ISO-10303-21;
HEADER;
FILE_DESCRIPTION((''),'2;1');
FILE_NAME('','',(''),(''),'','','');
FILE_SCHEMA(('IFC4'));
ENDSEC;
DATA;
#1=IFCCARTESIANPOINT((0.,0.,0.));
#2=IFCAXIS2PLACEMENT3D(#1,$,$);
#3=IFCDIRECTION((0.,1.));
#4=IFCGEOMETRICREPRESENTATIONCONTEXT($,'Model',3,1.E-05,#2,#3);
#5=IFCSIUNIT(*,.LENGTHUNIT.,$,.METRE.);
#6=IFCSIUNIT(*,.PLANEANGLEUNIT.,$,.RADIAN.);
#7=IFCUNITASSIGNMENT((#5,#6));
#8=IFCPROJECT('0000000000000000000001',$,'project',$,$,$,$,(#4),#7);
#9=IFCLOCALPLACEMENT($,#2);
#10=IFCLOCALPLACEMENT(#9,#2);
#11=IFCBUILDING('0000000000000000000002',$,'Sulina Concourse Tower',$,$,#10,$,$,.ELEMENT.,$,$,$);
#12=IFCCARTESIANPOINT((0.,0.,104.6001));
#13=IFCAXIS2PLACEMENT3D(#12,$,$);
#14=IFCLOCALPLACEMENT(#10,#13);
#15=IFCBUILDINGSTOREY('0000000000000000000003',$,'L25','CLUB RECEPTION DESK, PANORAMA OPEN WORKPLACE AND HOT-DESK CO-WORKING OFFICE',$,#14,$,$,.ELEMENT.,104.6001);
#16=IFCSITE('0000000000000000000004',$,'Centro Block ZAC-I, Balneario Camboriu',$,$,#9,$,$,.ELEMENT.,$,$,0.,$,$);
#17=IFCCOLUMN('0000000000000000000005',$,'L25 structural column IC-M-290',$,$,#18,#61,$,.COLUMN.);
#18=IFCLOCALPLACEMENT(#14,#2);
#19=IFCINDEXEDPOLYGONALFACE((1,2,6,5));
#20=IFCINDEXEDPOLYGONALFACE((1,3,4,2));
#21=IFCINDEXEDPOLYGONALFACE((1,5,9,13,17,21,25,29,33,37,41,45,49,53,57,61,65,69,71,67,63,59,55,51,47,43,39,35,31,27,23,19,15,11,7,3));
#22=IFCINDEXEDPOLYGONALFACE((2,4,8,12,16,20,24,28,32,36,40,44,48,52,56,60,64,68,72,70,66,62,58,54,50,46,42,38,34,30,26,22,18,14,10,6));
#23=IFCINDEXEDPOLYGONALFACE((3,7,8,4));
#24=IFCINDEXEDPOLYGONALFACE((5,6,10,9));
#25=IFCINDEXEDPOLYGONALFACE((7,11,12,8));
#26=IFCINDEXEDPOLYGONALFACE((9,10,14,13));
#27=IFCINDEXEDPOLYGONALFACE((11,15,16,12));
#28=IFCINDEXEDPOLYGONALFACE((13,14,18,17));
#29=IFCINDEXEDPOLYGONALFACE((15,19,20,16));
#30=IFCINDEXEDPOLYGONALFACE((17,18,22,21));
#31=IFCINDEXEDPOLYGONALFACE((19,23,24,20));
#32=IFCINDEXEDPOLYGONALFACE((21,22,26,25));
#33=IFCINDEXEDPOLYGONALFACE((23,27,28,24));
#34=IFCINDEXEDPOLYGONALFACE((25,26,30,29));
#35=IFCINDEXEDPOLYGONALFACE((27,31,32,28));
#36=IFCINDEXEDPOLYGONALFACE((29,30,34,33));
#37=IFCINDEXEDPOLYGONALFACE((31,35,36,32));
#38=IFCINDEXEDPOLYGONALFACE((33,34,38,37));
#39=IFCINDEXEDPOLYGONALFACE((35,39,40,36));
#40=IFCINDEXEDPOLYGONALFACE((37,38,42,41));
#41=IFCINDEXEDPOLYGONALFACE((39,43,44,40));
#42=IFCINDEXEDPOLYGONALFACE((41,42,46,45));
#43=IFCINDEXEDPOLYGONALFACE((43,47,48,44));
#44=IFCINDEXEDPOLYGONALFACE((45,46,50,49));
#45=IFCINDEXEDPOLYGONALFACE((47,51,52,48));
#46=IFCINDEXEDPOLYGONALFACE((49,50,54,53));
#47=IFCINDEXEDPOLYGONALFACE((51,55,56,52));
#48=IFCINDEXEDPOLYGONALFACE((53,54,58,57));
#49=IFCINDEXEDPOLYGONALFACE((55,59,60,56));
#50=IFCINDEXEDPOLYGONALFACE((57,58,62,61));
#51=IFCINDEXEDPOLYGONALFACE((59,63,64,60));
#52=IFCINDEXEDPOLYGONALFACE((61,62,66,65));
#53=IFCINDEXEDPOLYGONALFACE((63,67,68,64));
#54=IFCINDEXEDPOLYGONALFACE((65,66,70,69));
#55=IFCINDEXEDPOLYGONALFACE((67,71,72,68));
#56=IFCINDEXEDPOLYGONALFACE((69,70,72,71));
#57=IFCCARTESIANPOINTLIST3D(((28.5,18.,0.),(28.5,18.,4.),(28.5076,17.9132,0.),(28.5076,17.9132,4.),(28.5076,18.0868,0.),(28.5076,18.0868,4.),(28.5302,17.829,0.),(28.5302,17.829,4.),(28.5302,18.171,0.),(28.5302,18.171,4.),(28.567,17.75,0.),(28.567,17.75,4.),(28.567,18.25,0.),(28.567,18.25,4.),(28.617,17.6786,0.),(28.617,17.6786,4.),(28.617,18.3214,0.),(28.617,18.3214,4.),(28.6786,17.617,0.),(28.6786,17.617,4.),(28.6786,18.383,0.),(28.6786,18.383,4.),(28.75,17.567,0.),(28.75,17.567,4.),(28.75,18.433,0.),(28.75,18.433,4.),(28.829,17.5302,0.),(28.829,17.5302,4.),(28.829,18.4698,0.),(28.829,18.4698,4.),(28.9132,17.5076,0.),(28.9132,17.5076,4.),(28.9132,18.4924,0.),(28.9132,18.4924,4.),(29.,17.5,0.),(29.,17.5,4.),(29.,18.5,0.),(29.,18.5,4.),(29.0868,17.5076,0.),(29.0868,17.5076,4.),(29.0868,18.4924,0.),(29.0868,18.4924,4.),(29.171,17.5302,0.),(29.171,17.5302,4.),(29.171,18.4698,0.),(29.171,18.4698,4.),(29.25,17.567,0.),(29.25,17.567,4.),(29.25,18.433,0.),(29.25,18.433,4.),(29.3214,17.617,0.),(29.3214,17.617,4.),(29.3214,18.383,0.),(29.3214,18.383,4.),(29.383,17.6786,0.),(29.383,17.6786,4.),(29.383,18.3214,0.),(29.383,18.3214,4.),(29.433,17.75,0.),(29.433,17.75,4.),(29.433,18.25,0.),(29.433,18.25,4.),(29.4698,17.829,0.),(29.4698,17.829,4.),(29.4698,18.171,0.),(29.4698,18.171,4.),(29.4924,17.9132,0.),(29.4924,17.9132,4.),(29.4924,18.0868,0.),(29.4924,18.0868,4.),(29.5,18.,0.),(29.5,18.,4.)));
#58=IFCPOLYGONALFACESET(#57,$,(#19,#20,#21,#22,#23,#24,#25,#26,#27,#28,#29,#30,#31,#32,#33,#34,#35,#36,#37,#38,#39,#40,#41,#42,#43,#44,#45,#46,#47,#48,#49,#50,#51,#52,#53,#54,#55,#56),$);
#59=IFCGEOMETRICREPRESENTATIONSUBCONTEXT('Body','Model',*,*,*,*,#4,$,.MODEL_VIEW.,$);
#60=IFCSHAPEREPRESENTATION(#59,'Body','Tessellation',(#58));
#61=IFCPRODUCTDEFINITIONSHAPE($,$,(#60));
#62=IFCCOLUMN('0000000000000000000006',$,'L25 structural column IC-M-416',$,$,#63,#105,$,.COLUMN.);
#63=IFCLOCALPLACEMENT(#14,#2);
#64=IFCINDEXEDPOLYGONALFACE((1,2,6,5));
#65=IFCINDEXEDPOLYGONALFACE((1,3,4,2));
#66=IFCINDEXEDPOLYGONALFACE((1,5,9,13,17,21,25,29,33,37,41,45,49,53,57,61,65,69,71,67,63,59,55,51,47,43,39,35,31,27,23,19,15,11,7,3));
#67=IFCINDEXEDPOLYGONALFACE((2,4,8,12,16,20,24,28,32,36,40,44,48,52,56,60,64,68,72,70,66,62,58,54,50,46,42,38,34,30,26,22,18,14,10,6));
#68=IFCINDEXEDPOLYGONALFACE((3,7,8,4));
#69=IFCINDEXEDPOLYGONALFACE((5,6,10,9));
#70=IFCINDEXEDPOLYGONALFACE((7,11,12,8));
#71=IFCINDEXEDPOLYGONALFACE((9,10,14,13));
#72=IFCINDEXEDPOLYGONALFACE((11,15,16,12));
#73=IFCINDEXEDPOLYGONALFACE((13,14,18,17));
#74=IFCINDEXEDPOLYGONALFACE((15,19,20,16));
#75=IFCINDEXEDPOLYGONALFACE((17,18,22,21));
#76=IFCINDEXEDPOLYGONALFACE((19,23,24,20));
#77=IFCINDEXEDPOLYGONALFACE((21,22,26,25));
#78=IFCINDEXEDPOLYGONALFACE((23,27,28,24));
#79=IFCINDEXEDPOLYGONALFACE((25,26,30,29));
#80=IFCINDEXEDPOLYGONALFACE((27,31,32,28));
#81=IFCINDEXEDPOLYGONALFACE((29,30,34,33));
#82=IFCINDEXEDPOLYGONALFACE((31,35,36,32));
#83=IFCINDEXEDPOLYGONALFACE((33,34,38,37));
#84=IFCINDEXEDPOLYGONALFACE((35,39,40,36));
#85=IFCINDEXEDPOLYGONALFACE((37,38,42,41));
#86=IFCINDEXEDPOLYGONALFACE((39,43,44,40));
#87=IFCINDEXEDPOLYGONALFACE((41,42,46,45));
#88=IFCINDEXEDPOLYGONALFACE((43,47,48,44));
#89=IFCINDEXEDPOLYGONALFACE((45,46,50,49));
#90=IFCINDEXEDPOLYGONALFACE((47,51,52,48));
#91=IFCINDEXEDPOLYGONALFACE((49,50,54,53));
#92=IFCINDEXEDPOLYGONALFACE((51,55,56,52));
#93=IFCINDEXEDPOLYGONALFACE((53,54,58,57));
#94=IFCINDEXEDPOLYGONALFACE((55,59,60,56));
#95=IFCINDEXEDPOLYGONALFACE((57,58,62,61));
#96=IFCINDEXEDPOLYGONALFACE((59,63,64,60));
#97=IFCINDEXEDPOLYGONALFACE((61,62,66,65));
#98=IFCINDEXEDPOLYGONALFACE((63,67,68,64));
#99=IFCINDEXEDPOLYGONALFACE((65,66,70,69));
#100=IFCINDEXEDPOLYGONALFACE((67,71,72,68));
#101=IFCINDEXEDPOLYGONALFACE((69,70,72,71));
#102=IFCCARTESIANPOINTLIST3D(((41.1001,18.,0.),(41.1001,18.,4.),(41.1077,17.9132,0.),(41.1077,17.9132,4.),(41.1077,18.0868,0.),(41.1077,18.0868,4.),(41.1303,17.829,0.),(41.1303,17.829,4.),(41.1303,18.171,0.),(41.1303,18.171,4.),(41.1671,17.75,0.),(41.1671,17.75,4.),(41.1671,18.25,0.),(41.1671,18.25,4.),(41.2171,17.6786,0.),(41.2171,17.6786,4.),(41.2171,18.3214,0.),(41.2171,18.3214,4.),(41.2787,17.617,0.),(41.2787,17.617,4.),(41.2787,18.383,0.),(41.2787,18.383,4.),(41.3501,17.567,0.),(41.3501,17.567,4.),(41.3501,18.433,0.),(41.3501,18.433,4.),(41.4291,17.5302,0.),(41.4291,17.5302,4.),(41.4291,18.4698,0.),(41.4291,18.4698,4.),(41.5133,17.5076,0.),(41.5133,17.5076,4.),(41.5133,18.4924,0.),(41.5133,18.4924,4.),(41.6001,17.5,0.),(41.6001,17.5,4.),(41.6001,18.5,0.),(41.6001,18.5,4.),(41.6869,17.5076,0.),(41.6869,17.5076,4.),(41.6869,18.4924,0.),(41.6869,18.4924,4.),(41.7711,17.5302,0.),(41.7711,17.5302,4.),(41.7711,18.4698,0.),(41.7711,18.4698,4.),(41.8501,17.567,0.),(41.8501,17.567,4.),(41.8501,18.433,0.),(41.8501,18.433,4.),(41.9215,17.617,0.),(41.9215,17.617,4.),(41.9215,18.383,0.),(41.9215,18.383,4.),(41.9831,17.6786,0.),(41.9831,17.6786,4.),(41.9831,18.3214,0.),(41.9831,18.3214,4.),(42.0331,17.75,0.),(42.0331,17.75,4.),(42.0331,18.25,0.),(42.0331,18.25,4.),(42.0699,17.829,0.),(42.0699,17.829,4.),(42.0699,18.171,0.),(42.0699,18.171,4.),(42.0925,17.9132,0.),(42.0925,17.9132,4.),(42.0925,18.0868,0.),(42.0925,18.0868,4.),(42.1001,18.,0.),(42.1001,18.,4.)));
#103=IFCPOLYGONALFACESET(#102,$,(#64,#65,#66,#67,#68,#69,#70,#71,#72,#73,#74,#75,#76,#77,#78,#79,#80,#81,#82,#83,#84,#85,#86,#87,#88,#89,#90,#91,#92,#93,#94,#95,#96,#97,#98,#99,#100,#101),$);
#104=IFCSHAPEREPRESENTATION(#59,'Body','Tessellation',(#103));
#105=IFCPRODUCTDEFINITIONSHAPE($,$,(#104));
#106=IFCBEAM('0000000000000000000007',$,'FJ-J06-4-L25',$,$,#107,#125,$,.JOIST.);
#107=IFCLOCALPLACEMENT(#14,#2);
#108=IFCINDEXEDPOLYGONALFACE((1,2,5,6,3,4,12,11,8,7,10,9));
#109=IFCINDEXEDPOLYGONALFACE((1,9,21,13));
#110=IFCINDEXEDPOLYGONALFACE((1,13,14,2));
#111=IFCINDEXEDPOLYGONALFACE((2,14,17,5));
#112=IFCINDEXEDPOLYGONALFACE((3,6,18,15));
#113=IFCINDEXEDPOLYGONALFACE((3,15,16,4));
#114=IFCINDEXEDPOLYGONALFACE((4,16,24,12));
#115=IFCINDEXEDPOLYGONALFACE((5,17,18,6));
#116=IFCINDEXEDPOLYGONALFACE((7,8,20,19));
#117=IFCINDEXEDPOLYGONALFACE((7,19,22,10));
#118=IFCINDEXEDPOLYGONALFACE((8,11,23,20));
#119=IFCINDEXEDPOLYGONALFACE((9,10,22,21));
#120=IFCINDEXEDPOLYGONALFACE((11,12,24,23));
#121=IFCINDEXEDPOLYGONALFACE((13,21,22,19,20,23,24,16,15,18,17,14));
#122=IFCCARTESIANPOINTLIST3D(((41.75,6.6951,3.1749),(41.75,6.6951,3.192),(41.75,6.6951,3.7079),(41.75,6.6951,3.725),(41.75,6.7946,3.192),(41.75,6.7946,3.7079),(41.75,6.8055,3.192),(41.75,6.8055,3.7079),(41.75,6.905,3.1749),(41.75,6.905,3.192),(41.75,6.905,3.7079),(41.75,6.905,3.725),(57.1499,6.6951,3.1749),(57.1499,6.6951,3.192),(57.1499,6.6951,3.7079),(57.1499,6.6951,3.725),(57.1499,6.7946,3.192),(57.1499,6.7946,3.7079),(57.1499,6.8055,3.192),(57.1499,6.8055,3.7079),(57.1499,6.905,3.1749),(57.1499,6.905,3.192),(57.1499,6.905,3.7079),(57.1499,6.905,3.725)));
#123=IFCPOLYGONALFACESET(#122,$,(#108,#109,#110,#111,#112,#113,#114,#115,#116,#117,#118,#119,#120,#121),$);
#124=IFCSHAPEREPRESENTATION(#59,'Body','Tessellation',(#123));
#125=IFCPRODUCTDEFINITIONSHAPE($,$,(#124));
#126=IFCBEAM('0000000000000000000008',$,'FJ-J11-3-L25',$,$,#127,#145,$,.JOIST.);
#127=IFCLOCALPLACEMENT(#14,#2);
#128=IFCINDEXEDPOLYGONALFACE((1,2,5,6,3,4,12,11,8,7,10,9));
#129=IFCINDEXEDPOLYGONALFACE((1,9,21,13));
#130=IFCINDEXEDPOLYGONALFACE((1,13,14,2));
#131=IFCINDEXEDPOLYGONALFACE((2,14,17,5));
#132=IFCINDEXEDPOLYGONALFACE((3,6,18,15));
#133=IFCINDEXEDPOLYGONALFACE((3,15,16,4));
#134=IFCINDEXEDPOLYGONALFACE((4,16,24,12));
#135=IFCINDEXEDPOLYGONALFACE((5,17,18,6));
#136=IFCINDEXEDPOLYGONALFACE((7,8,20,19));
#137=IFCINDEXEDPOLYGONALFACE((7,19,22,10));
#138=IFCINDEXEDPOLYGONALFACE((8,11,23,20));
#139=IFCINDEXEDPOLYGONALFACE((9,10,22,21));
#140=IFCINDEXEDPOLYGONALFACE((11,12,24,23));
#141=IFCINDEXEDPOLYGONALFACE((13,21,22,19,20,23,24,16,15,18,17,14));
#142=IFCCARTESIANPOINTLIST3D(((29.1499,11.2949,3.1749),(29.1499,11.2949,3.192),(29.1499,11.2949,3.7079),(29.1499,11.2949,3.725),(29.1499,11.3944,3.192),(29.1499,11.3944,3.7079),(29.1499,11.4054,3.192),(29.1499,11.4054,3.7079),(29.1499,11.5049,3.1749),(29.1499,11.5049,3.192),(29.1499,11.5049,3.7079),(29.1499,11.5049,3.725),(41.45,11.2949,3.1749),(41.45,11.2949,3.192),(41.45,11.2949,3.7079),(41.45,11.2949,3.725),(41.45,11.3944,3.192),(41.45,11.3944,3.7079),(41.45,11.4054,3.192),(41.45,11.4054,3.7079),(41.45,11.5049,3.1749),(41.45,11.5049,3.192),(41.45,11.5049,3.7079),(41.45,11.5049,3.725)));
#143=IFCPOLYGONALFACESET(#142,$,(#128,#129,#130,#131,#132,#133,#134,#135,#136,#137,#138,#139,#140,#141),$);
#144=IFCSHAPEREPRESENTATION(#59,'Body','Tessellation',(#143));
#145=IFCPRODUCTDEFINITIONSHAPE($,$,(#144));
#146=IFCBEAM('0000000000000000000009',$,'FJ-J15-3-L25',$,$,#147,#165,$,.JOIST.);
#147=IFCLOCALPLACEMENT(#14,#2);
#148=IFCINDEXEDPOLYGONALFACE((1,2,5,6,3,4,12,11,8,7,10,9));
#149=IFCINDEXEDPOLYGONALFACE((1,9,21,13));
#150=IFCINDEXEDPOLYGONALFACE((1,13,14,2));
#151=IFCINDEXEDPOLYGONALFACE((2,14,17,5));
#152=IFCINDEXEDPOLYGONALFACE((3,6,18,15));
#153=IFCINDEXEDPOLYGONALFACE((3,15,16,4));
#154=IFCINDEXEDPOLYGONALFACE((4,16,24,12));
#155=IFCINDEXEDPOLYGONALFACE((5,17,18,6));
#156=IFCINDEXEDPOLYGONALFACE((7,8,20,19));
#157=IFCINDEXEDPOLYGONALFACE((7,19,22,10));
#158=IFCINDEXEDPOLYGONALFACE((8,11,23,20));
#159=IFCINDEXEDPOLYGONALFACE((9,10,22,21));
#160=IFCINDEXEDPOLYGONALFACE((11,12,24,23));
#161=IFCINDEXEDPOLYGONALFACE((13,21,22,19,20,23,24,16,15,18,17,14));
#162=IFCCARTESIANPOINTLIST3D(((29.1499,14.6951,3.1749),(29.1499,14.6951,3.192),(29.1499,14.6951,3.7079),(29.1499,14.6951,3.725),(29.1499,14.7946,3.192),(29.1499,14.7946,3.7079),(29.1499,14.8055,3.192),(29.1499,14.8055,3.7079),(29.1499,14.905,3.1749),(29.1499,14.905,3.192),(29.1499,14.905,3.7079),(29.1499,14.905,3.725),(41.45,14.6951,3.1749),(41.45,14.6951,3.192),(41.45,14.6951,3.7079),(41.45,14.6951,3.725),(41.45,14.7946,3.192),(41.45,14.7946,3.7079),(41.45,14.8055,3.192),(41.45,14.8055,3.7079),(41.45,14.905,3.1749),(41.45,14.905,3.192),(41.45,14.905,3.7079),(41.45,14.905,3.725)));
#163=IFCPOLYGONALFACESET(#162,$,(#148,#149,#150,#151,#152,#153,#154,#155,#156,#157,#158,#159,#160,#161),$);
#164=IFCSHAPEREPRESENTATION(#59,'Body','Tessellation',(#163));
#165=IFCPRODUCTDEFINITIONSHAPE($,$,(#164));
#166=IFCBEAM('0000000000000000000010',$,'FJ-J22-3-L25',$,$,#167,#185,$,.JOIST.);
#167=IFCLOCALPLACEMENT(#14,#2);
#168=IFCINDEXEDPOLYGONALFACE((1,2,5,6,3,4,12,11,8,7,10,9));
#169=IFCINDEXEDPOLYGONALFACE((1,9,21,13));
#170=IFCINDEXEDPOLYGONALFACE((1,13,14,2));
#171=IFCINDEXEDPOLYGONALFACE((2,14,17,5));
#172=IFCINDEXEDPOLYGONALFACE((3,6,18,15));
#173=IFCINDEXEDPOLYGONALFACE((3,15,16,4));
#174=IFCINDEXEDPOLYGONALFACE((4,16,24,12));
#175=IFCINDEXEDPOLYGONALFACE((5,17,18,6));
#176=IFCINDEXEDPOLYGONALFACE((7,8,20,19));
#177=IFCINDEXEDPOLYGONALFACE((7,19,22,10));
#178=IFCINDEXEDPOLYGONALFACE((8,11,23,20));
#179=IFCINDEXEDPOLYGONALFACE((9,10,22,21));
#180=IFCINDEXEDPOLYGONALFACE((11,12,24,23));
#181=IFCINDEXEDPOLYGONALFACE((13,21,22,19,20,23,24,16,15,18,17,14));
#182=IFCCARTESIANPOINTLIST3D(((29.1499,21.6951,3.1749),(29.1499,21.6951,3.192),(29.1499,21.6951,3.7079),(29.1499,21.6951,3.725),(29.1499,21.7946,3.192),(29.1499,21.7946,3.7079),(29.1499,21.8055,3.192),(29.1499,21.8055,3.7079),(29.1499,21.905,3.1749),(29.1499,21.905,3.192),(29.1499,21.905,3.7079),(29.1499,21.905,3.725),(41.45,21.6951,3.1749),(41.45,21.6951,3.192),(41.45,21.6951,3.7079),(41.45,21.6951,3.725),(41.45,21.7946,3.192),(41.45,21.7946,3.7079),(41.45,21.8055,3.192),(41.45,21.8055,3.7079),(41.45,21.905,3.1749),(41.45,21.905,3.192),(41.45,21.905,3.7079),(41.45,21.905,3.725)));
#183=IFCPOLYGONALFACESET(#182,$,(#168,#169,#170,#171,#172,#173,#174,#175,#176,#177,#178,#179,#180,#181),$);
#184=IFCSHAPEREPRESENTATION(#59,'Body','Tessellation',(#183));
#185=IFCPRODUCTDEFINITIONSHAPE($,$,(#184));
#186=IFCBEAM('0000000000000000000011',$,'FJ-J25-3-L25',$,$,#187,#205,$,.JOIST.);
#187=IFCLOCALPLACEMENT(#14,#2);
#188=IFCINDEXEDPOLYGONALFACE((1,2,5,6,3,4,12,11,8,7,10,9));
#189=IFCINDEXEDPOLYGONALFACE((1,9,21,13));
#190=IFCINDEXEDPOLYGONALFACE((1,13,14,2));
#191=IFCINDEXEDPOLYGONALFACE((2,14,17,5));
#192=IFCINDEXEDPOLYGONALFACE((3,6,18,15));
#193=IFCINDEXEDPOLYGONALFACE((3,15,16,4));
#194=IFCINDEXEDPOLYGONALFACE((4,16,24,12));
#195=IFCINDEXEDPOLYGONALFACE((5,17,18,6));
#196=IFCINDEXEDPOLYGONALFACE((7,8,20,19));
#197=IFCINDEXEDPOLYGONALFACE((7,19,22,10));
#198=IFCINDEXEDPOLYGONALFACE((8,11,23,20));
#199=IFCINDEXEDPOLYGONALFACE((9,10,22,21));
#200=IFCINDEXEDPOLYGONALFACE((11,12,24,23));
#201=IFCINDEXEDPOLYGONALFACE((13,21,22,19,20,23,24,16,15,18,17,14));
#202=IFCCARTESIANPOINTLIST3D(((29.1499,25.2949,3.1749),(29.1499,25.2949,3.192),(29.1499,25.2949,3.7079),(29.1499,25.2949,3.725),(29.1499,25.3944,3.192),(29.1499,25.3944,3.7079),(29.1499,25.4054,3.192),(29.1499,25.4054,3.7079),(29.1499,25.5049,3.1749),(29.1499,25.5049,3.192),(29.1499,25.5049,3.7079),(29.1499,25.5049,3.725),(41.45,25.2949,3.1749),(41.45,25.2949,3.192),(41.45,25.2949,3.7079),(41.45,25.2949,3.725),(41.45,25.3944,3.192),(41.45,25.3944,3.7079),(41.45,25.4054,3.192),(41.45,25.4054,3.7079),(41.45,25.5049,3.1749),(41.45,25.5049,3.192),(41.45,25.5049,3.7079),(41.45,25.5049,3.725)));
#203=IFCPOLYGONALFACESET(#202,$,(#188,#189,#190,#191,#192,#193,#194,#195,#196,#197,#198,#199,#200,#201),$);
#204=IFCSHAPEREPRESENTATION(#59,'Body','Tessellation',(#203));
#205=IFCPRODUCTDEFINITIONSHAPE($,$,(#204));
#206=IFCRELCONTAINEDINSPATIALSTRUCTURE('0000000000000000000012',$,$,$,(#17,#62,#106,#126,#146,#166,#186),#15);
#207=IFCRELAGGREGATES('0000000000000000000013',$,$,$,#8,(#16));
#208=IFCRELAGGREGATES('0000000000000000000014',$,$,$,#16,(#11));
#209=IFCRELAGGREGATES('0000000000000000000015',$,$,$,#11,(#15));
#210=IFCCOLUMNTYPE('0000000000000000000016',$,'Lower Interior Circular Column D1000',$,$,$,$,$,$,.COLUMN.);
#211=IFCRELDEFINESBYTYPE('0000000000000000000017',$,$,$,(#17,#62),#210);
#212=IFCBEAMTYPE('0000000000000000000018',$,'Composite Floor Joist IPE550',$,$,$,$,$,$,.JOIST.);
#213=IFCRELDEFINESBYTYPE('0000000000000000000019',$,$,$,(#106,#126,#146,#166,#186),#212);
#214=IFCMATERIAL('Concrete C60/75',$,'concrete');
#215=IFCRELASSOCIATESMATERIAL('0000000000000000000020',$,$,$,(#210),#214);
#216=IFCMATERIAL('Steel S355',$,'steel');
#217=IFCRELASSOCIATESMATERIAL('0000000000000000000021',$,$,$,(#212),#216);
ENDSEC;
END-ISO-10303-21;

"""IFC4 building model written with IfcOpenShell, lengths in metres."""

from ifc_helpers import new_model, si_unit, direction, frame, origin, origin_2d, place, context, subcontext, project, spatial, circle, i_section, extrude, material, material_profile, profile_set, type_object, element, save


model = new_model("IFC4")

# Units and contexts
model_context = context("Model", 3, precision=1e-05, world=origin(), true_north=direction((0.0, 1.0)))
body_context = subcontext(model_context, "Body", "Model", "MODEL_VIEW")
ifc_project = project(units=[si_unit("LENGTHUNIT", "METRE"), si_unit("PLANEANGLEUNIT", "RADIAN")], contexts=[model_context])

# Site, building, storey
site_placement = place(None, origin())
site = spatial("IfcSite", under=ifc_project, at=site_placement, Name="Centro Block ZAC-I, Balneario Camboriu", CompositionType="ELEMENT", RefElevation=0.0)
building_placement = place(site_placement, origin())
building = spatial("IfcBuilding", under=site, at=building_placement, Name="Sulina Concourse Tower", CompositionType="ELEMENT")
storey_placement = place(building_placement, frame((0.0, 0.0, 104.6001)))
storey = spatial("IfcBuildingStorey", under=building, at=storey_placement, Name="L25", Description="CLUB RECEPTION DESK, PANORAMA OPEN WORKPLACE AND HOT-DESK CO-WORKING OFFICE", CompositionType="ELEMENT", Elevation=104.6001)

# Columns
ifc_material_1 = material(Name="Concrete C60/75", Category="concrete")
ifc_material_profile_1 = material_profile(ifc_material_1, circle(Radius=0.5, at=origin_2d()), Name="RC D1000")
ifc_profile_set_1 = profile_set([ifc_material_profile_1], Name="Concrete C60/75")
column_type = type_object("IfcColumnType", Name="Lower Interior Circular Column D1000", PredefinedType="COLUMN", material=ifc_profile_set_1)
for number, where, z_axis, x_axis, name in (
    (1, (29.0, 18.0, 0.0), (0.0, 0.0, 1.0), (1.0, 0.0, 0.0), "L25 structural column IC-M-290"),
    (2, (41.6001, 18.0, 0.0), (0.0, 0.0, 1.0), (1.0, 0.0, 0.0), "L25 structural column IC-M-416"),
):
    element("IfcColumn", number, at=place(storey_placement, frame(where, z_axis=z_axis, x_axis=x_axis)), inside=storey, type_object=column_type, Name=name, PredefinedType="COLUMN", context=body_context, shape_type="SweptSolid", body=[
        extrude(circle(Radius=0.5, at=origin_2d()), origin(), (0.0, 0.0, 1.0), 4.0),
    ])

# Beams
ifc_material_2 = material(Name="Steel S355", Category="steel")
ifc_material_profile_2 = material_profile(ifc_material_2, i_section(OverallWidth=0.21, OverallDepth=0.55, WebThickness=0.011, FlangeThickness=0.0171, at=origin_2d()), Name="IPE 550")
ifc_profile_set_2 = profile_set([ifc_material_profile_2], Name="Steel S355")
beam_type_1 = type_object("IfcBeamType", Name="Composite Floor Joist IPE550", PredefinedType="JOIST", material=ifc_profile_set_2)
beam_1_placement = place(storey_placement, frame((41.75, 6.8, 3.45), z_axis=(1.0, 0.0, 0.0), x_axis=(0.0, 1.0, 0.0)))
element("IfcBeam", 3, at=beam_1_placement, inside=storey, type_object=beam_type_1, Name="FJ-J06-4-L25", PredefinedType="JOIST", context=body_context, shape_type="SweptSolid", body=[
    extrude(i_section(OverallWidth=0.21, OverallDepth=0.55, WebThickness=0.011, FlangeThickness=0.0171, at=origin_2d()), origin(), (0.0, 0.0, 1.0), 15.3999),
])
for number, where, z_axis, x_axis, name in (
    (4, (29.1499, 11.3999, 3.45), (1.0, 0.0, 0.0), (0.0, 1.0, 0.0), "FJ-J11-3-L25"),
    (5, (29.1499, 14.8, 3.45), (1.0, 0.0, 0.0), (0.0, 1.0, 0.0), "FJ-J15-3-L25"),
    (6, (29.1499, 21.8, 3.45), (1.0, 0.0, 0.0), (0.0, 1.0, 0.0), "FJ-J22-3-L25"),
    (7, (29.1499, 25.3999, 3.45), (1.0, 0.0, 0.0), (0.0, 1.0, 0.0), "FJ-J25-3-L25"),
):
    element("IfcBeam", number, at=place(storey_placement, frame(where, z_axis=z_axis, x_axis=x_axis)), inside=storey, type_object=beam_type_1, Name=name, PredefinedType="JOIST", context=body_context, shape_type="SweptSolid", body=[
        extrude(i_section(OverallWidth=0.21, OverallDepth=0.55, WebThickness=0.011, FlangeThickness=0.0171, at=origin_2d()), origin(), (0.0, 0.0, 1.0), 12.3),
    ])

save(model, "model.ifc")
